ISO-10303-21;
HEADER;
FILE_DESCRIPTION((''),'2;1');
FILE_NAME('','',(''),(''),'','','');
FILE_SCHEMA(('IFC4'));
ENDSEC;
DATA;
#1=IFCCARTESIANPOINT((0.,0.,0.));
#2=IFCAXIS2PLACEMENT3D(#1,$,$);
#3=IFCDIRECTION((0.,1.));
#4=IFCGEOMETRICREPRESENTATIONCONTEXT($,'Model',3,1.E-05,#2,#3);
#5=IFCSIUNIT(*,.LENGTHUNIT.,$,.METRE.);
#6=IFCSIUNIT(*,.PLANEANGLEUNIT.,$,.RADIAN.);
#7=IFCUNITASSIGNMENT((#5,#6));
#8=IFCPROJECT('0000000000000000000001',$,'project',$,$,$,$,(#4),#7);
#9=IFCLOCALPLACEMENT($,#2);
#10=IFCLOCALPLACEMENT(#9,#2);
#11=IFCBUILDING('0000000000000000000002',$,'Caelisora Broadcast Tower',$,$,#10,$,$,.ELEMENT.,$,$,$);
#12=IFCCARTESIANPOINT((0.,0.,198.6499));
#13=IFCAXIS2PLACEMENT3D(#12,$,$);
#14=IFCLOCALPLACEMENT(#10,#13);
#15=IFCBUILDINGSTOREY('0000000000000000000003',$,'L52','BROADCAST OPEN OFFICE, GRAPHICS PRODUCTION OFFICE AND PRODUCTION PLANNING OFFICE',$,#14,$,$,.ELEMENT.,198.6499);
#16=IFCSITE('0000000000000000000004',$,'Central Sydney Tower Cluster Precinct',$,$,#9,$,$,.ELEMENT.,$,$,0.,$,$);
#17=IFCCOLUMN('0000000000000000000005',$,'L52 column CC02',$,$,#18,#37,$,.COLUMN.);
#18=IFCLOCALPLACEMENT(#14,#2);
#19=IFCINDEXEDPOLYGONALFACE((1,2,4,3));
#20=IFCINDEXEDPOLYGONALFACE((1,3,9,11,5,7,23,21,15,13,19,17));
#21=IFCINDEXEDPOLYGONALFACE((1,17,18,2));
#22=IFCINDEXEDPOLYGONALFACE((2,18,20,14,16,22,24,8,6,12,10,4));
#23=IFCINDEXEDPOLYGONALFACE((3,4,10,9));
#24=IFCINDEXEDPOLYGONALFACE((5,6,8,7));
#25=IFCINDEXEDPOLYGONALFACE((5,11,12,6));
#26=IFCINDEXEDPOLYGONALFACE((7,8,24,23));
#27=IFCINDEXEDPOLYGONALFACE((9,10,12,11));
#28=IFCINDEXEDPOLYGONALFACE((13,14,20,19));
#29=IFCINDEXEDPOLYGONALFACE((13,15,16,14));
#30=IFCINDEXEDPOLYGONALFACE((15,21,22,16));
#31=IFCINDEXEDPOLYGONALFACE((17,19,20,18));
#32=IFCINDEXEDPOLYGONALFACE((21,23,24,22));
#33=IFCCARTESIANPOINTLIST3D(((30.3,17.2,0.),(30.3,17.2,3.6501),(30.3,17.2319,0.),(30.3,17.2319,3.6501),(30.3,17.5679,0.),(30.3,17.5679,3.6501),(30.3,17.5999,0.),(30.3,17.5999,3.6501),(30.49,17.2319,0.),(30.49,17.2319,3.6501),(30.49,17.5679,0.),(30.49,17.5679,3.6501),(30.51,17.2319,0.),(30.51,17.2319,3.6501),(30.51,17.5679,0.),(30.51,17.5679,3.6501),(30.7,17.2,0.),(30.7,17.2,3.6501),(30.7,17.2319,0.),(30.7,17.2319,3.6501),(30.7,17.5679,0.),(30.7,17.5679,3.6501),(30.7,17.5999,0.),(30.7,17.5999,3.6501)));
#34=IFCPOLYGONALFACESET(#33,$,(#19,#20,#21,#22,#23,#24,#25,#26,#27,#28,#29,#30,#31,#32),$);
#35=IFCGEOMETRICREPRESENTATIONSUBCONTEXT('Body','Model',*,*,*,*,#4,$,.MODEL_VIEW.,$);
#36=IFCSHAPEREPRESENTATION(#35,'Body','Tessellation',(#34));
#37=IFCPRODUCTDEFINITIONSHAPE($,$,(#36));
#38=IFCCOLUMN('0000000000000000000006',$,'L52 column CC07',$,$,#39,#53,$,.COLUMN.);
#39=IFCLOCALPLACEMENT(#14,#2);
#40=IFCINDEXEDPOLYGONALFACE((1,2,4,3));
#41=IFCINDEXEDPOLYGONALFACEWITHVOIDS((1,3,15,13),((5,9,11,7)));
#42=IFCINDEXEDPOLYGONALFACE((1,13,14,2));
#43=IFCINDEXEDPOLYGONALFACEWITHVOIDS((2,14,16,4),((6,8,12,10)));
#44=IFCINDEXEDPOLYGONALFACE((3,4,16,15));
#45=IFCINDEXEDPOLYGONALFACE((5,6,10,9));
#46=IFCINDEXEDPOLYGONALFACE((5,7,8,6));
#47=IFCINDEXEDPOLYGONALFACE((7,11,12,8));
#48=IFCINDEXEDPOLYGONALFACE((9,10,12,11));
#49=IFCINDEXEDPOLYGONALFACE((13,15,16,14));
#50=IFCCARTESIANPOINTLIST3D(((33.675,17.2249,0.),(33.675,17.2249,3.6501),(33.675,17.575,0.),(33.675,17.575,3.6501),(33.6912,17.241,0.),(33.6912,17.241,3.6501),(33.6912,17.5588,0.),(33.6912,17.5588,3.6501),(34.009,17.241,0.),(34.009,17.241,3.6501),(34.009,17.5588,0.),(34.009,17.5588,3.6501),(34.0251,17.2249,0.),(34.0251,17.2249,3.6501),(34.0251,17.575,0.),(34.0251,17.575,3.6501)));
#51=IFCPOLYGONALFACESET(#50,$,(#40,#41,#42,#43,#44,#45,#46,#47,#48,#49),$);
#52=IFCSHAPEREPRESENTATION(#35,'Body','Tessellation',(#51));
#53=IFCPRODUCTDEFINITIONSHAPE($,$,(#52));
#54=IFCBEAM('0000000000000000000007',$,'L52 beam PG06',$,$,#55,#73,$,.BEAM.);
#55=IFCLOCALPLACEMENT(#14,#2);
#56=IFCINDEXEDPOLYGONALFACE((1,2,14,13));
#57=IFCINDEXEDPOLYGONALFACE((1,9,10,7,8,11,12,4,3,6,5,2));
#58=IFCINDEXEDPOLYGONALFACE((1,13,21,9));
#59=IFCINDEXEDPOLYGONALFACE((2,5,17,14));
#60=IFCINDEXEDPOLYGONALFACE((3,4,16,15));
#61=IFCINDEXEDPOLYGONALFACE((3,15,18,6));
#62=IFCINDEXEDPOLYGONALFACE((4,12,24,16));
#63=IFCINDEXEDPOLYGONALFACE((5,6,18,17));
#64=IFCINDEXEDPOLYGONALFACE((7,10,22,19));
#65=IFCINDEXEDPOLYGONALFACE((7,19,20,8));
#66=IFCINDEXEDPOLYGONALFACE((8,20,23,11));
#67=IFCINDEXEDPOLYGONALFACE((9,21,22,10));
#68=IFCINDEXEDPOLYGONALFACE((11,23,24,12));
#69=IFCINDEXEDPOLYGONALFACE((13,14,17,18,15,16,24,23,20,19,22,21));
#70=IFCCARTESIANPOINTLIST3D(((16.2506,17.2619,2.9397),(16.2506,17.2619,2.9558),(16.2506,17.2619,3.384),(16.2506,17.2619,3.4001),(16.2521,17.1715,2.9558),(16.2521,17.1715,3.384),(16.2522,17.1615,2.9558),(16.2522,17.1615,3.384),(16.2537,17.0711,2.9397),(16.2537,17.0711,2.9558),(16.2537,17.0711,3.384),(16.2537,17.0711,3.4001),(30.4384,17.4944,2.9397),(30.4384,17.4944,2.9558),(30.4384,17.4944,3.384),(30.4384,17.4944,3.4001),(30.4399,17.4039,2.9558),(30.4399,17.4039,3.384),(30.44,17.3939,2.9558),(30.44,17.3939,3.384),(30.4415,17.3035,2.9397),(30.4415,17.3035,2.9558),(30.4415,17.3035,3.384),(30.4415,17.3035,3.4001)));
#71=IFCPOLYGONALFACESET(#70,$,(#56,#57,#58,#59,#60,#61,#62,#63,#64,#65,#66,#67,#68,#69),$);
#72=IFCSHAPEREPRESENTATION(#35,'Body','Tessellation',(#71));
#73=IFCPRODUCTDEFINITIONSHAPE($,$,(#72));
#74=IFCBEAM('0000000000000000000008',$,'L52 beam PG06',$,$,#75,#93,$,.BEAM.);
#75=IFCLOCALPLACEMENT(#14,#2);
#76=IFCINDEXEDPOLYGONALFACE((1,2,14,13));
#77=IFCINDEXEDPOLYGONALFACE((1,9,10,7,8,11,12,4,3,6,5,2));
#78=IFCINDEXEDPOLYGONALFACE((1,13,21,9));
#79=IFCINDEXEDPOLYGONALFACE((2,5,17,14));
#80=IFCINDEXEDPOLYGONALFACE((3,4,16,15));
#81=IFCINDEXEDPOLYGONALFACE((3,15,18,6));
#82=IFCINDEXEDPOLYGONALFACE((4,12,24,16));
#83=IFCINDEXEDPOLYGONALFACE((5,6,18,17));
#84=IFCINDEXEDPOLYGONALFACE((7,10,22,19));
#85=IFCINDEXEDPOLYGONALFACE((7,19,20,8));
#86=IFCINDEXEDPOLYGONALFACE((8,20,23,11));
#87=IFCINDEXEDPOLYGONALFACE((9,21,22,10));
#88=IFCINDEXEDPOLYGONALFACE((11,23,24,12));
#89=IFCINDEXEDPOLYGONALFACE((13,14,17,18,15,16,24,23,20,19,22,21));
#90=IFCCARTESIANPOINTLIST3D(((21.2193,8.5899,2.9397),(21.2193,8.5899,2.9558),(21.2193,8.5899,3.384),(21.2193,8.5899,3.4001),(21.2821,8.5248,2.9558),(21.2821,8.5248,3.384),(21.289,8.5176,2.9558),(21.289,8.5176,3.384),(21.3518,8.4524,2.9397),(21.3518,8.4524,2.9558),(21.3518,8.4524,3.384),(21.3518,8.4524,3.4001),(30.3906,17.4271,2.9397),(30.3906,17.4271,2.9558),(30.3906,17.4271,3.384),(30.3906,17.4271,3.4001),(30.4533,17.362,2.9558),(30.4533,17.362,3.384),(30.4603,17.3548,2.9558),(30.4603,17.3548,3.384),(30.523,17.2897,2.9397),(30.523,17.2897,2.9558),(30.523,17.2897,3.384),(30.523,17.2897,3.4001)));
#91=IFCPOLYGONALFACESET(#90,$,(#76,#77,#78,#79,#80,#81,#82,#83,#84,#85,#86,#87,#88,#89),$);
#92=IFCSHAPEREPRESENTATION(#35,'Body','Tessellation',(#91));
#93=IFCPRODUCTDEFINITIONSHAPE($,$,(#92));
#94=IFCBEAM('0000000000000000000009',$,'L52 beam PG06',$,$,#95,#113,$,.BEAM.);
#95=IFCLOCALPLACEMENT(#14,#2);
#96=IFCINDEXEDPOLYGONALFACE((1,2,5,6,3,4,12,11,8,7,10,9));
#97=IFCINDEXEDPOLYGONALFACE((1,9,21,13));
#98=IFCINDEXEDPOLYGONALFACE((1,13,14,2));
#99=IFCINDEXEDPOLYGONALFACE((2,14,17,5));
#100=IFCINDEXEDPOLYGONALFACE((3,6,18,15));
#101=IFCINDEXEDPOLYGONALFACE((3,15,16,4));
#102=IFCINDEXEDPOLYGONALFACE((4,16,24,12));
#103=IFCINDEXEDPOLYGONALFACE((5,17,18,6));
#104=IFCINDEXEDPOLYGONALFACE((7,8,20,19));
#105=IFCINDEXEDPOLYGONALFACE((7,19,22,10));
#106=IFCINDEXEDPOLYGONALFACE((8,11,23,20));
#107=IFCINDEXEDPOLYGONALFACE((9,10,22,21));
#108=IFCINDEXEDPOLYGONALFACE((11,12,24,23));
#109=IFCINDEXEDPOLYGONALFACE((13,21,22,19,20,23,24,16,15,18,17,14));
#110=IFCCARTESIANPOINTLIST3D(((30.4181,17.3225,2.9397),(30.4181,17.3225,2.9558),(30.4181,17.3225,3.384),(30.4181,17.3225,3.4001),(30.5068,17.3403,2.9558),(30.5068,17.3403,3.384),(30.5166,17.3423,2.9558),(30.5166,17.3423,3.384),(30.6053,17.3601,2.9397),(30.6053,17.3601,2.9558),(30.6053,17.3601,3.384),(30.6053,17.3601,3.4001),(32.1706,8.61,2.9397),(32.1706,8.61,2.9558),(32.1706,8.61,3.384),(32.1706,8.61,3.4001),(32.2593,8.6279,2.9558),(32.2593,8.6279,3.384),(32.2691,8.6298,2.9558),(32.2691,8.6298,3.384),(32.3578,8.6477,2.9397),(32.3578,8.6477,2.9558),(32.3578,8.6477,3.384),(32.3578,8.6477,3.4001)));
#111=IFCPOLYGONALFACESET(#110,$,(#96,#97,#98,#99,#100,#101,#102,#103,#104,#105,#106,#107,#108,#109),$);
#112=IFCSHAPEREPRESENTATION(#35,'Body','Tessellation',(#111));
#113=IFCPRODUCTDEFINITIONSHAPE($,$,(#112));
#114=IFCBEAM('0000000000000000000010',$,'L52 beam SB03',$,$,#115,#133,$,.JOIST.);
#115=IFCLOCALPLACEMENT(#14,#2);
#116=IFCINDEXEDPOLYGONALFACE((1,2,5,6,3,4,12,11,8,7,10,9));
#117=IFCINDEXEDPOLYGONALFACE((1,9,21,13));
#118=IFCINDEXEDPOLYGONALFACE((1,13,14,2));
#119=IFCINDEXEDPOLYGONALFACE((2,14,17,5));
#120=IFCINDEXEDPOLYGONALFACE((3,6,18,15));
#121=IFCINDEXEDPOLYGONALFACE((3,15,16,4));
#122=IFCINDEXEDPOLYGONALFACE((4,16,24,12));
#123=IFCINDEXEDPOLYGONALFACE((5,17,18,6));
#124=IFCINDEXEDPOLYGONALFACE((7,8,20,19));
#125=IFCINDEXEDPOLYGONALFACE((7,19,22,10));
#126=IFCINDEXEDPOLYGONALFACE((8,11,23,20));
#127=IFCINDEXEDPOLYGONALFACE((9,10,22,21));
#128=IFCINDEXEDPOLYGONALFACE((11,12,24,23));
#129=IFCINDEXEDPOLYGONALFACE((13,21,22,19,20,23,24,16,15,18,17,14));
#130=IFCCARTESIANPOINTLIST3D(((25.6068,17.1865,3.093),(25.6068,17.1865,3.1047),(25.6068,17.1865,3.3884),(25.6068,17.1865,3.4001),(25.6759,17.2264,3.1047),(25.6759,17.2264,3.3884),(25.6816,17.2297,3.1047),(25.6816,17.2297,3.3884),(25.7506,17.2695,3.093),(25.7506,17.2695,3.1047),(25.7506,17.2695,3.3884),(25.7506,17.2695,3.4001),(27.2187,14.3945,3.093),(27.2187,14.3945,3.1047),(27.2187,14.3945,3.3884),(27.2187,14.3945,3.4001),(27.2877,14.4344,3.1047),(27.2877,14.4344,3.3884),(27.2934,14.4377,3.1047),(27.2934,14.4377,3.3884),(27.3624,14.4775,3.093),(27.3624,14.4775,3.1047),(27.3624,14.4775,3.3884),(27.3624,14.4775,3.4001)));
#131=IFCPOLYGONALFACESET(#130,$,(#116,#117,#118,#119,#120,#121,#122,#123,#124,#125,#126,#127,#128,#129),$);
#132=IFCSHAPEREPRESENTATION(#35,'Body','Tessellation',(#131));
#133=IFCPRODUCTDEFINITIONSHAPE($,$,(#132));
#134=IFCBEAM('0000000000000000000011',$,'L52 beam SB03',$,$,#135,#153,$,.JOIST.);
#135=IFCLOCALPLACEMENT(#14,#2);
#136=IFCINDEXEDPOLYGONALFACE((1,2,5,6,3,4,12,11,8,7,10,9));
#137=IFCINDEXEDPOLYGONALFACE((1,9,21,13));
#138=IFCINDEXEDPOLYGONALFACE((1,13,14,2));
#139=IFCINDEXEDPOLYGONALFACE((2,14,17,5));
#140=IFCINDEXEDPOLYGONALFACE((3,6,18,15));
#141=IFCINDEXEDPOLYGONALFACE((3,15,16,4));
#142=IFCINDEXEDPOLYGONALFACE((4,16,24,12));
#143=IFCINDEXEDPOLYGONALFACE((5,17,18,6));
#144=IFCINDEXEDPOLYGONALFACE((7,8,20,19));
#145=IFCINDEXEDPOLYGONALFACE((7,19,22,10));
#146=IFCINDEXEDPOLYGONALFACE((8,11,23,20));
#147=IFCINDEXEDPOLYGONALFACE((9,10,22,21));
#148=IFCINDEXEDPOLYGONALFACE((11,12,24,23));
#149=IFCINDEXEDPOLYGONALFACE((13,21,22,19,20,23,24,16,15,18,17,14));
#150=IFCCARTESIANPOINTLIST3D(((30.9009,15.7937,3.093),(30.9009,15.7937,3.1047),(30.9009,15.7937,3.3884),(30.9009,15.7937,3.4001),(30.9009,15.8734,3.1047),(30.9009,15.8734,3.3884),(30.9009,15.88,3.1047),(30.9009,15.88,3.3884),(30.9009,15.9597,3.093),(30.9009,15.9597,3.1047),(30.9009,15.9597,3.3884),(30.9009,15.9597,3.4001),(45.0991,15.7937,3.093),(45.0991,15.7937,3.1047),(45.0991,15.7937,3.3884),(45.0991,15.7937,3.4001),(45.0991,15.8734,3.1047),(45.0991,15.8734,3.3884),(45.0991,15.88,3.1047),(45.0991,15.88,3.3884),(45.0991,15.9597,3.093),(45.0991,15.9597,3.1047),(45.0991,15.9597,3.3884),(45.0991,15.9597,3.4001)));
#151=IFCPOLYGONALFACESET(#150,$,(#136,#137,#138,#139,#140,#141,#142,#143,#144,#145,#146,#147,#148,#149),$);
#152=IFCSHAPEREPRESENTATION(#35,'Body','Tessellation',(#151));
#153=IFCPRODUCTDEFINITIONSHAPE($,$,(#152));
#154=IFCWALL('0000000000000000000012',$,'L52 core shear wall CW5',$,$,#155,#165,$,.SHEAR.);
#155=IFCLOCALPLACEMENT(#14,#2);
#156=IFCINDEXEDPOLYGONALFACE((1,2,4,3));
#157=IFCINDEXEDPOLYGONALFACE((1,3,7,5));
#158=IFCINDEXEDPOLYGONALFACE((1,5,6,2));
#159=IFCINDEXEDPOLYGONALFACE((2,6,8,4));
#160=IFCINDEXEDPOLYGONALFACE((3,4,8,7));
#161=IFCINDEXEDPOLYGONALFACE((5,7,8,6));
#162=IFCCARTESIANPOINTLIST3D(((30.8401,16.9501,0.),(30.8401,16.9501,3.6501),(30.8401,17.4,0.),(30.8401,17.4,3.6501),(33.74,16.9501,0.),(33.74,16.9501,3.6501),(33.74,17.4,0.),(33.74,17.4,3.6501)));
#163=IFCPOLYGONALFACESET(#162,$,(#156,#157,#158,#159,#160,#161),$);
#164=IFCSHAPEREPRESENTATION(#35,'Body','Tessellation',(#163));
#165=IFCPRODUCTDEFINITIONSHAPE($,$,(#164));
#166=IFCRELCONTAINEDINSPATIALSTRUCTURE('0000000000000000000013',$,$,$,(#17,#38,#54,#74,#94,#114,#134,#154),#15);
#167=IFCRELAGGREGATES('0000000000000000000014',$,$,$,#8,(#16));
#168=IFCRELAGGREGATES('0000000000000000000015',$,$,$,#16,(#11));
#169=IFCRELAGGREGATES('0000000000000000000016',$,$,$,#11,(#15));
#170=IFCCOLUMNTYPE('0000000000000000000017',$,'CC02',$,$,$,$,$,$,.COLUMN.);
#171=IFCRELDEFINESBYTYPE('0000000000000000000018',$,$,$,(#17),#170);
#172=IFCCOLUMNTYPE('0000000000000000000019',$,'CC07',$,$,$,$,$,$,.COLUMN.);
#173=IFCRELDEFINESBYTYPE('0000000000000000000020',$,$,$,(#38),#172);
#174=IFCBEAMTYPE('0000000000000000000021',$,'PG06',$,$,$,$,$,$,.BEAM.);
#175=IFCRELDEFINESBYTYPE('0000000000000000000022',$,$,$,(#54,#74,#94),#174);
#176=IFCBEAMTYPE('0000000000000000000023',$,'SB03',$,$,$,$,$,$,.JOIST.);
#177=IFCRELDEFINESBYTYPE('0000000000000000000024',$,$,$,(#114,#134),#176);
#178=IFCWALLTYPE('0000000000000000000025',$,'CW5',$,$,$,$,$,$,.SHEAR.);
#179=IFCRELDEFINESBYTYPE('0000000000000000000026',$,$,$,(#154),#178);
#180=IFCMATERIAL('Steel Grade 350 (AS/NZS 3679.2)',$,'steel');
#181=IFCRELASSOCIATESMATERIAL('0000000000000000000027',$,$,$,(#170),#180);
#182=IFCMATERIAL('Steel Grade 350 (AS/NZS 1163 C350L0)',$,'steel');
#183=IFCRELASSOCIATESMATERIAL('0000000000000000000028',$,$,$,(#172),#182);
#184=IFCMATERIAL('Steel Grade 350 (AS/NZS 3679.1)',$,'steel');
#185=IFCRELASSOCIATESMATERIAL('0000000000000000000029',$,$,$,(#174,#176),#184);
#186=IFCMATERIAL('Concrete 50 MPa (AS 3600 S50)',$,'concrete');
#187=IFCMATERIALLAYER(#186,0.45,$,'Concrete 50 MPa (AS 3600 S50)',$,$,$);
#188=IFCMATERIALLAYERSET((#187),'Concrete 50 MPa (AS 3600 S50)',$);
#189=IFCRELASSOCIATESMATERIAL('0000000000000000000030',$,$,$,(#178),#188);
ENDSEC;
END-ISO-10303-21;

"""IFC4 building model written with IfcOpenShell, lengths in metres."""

from ifc_helpers import new_model, si_unit, direction, frame, frame_2d, origin, origin_2d, place, context, subcontext, project, spatial, rectangle, hollow_rectangle, i_section, extrude, source, transform, mapped, material, layer, layer_set, material_profile, profile_set, type_object, type_shapes, element, save


model = new_model("IFC4")

# Units and contexts
model_context = context("Model", 3, precision=1e-05, world=origin(), true_north=direction((0.0, 1.0)))
body_context = subcontext(model_context, "Body", "Model", "MODEL_VIEW")
ifc_project = project(units=[si_unit("LENGTHUNIT", "METRE"), si_unit("PLANEANGLEUNIT", "RADIAN")], contexts=[model_context])

# Site, building, storey
site_placement = place(None, origin())
site = spatial("IfcSite", under=ifc_project, at=site_placement, Name="Central Sydney Tower Cluster Precinct", CompositionType="ELEMENT", RefElevation=0.0)
building_placement = place(site_placement, origin())
building = spatial("IfcBuilding", under=site, at=building_placement, Name="Caelisora Broadcast Tower", CompositionType="ELEMENT")
storey_placement = place(building_placement, frame((0.0, 0.0, 198.6499)))
storey = spatial("IfcBuildingStorey", under=building, at=storey_placement, Name="L52", Description="BROADCAST OPEN OFFICE, GRAPHICS PRODUCTION OFFICE AND PRODUCTION PLANNING OFFICE", CompositionType="ELEMENT", Elevation=198.6499)

# Columns
ifc_material_1 = material(Name="Steel Grade 350 (AS/NZS 3679.2)", Category="steel")
ifc_material_profile_1 = material_profile(ifc_material_1, i_section(OverallWidth=0.3999, OverallDepth=0.3999, WebThickness=0.02, FlangeThickness=0.032, at=origin_2d()), Name="Steel Grade 350 (AS/NZS 3679.2)")
ifc_profile_set_1 = profile_set([ifc_material_profile_1], Name="Steel Grade 350 (AS/NZS 3679.2)")
column_type_1 = type_object("IfcColumnType", Name="CC02", PredefinedType="COLUMN", material=ifc_profile_set_1)
shared_shape_1 = source(origin(), body_context, "Body", "SweptSolid", [
    extrude(i_section(OverallWidth=0.3999, OverallDepth=0.3999, WebThickness=0.02, FlangeThickness=0.032, at=origin_2d()), origin(), (0.0, 0.0, 1.0), 3.6501),
])
type_shapes(column_type_1, [shared_shape_1])
column_1_placement = place(storey_placement, frame((30.5, 17.3999, 0.0), z_axis=(0.0, 0.0, 1.0), x_axis=(1.0, 0.0, 0.0)))
element("IfcColumn", 1, at=column_1_placement, inside=storey, type_object=column_type_1, Name="L52 column CC02", PredefinedType="COLUMN", context=body_context, shape_type="MappedRepresentation", body=[
    mapped(shared_shape_1, transform((0.0, 0.0, 0.0), scale=1.0)),
])
ifc_material_2 = material(Name="Steel Grade 350 (AS/NZS 1163 C350L0)", Category="steel")
ifc_material_profile_2 = material_profile(ifc_material_2, hollow_rectangle(XDim=0.3501, YDim=0.3501, WallThickness=0.0161, at=origin_2d()), Name="Steel Grade 350 (AS/NZS 1163 C350L0)")
ifc_profile_set_2 = profile_set([ifc_material_profile_2], Name="Steel Grade 350 (AS/NZS 1163 C350L0)")
column_type_2 = type_object("IfcColumnType", Name="CC07", PredefinedType="COLUMN", material=ifc_profile_set_2)
shared_shape_2 = source(origin(), body_context, "Body", "SweptSolid", [
    extrude(hollow_rectangle(XDim=0.3501, YDim=0.3501, WallThickness=0.0161, at=origin_2d()), origin(), (0.0, 0.0, 1.0), 3.6501),
])
type_shapes(column_type_2, [shared_shape_2])
column_2_placement = place(storey_placement, frame((33.8501, 17.3999, 0.0), z_axis=(0.0, 0.0, 1.0), x_axis=(1.0, 0.0, 0.0)))
element("IfcColumn", 2, at=column_2_placement, inside=storey, type_object=column_type_2, Name="L52 column CC07", PredefinedType="COLUMN", context=body_context, shape_type="MappedRepresentation", body=[
    mapped(shared_shape_2, transform((0.0, 0.0, 0.0), scale=1.0)),
])

# Beams
ifc_material_3 = material(Name="Steel Grade 350 (AS/NZS 3679.1)", Category="steel")
ifc_material_profile_3 = material_profile(ifc_material_3, i_section(OverallWidth=0.1909, OverallDepth=0.4604, WebThickness=0.01, FlangeThickness=0.0161, at=origin_2d()), Name="Steel Grade 350 (AS/NZS 3679.1)")
ifc_profile_set_3 = profile_set([ifc_material_profile_3], Name="Steel Grade 350 (AS/NZS 3679.1)")
beam_type_1 = type_object("IfcBeamType", Name="PG06", PredefinedType="BEAM", material=ifc_profile_set_3)
shared_shape_3 = source(origin(), body_context, "Body", "SweptSolid", [
    extrude(i_section(OverallWidth=0.1909, OverallDepth=0.4604, WebThickness=0.01, FlangeThickness=0.0161, at=origin_2d()), origin(), (0.0, 0.0, 1.0), 14.1897),
])
beam_1_placement = place(storey_placement, frame((30.4399, 17.3989, 3.1699), z_axis=(-0.999866, -0.01638, 0.0), x_axis=(0.01638, -0.999866, 0.0)))
element("IfcBeam", 3, at=beam_1_placement, inside=storey, type_object=beam_type_1, Name="L52 beam PG06", PredefinedType="BEAM", context=body_context, shape_type="MappedRepresentation", body=[
    mapped(shared_shape_3, transform((0.0, 0.0, 0.0), scale=1.0)),
])
shared_shape_4 = source(origin(), body_context, "Body", "SweptSolid", [
    extrude(i_section(OverallWidth=0.1909, OverallDepth=0.4604, WebThickness=0.01, FlangeThickness=0.0161, at=origin_2d()), origin(), (0.0, 0.0, 1.0), 12.7361),
])
beam_2_placement = place(storey_placement, frame((30.4568, 17.3584, 3.1699), z_axis=(-0.720097, -0.693873, 0.0), x_axis=(0.693873, -0.720097, 0.0)))
element("IfcBeam", 4, at=beam_2_placement, inside=storey, type_object=beam_type_1, Name="L52 beam PG06", PredefinedType="BEAM", context=body_context, shape_type="MappedRepresentation", body=[
    mapped(shared_shape_4, transform((0.0, 0.0, 0.0), scale=1.0)),
])
shared_shape_5 = source(origin(), body_context, "Body", "SweptSolid", [
    extrude(i_section(OverallWidth=0.1909, OverallDepth=0.4604, WebThickness=0.01, FlangeThickness=0.0161, at=origin_2d()), origin(), (0.0, 0.0, 1.0), 8.887),
])
type_shapes(beam_type_1, [shared_shape_3, shared_shape_4, shared_shape_5])
beam_3_placement = place(storey_placement, frame((30.5117, 17.3413, 3.1699), z_axis=(0.197194, -0.980365, 0.0), x_axis=(0.980365, 0.197194, 0.0)))
element("IfcBeam", 5, at=beam_3_placement, inside=storey, type_object=beam_type_1, Name="L52 beam PG06", PredefinedType="BEAM", context=body_context, shape_type="MappedRepresentation", body=[
    mapped(shared_shape_5, transform((0.0, 0.0, 0.0), scale=1.0)),
])
ifc_material_profile_4 = material_profile(ifc_material_3, i_section(OverallWidth=0.166, OverallDepth=0.3071, WebThickness=0.0066, FlangeThickness=0.0117, at=origin_2d()), Name="Steel Grade 350 (AS/NZS 3679.1)")
ifc_profile_set_4 = profile_set([ifc_material_profile_4], Name="Steel Grade 350 (AS/NZS 3679.1)")
beam_type_2 = type_object("IfcBeamType", Name="SB03", PredefinedType="JOIST", material=ifc_profile_set_4)
shared_shape_6 = source(origin(), body_context, "Body", "SweptSolid", [
    extrude(i_section(OverallWidth=0.166, OverallDepth=0.3071, WebThickness=0.0066, FlangeThickness=0.0117, at=origin_2d()), origin(), (0.0, 0.0, 1.0), 3.2239),
])
beam_4_placement = place(storey_placement, frame((25.6787, 17.228, 3.2466), z_axis=(0.499967, -0.866044, 0.0), x_axis=(0.866044, 0.499967, 0.0)))
element("IfcBeam", 6, at=beam_4_placement, inside=storey, type_object=beam_type_2, Name="L52 beam SB03", PredefinedType="JOIST", context=body_context, shape_type="MappedRepresentation", body=[
    mapped(shared_shape_6, transform((0.0, 0.0, 0.0), scale=1.0)),
])
shared_shape_7 = source(origin(), body_context, "Body", "SweptSolid", [
    extrude(i_section(OverallWidth=0.166, OverallDepth=0.3071, WebThickness=0.0066, FlangeThickness=0.0117, at=origin_2d()), origin(), (0.0, 0.0, 1.0), 14.1982),
])
type_shapes(beam_type_2, [shared_shape_6, shared_shape_7])
beam_5_placement = place(storey_placement, frame((30.9009, 15.8767, 3.2466), z_axis=(1.0, 0.0, 0.0), x_axis=(0.0, 1.0, 0.0)))
element("IfcBeam", 7, at=beam_5_placement, inside=storey, type_object=beam_type_2, Name="L52 beam SB03", PredefinedType="JOIST", context=body_context, shape_type="MappedRepresentation", body=[
    mapped(shared_shape_7, transform((0.0, 0.0, 0.0), scale=1.0)),
])

# Shared definitions
ifc_material_4 = material(Name="Concrete 50 MPa (AS 3600 S50)", Category="concrete")

# Wall
ifc_layer_1 = layer(ifc_material_4, 0.45, Name="Concrete 50 MPa (AS 3600 S50)")
ifc_layer_set_1 = layer_set([ifc_layer_1], Name="Concrete 50 MPa (AS 3600 S50)")
wall_type_1 = type_object("IfcWallType", Name="CW5", PredefinedType="SHEAR", material=ifc_layer_set_1)
wall_1_placement = place(storey_placement, frame((30.8401, 17.175, 0.0), z_axis=(0.0, 0.0, 1.0), x_axis=(1.0, 0.0, 0.0)))
element("IfcWall", 8, at=wall_1_placement, inside=storey, type_object=wall_type_1, Name="L52 core shear wall CW5", PredefinedType="SHEAR", context=body_context, shape_type="SweptSolid", body=[
    extrude(rectangle(XDim=2.8999, YDim=0.45, at=frame_2d((1.45, 0.0))), origin(), (0.0, 0.0, 1.0), 3.6501),
])

save(model, "model.ifc")
